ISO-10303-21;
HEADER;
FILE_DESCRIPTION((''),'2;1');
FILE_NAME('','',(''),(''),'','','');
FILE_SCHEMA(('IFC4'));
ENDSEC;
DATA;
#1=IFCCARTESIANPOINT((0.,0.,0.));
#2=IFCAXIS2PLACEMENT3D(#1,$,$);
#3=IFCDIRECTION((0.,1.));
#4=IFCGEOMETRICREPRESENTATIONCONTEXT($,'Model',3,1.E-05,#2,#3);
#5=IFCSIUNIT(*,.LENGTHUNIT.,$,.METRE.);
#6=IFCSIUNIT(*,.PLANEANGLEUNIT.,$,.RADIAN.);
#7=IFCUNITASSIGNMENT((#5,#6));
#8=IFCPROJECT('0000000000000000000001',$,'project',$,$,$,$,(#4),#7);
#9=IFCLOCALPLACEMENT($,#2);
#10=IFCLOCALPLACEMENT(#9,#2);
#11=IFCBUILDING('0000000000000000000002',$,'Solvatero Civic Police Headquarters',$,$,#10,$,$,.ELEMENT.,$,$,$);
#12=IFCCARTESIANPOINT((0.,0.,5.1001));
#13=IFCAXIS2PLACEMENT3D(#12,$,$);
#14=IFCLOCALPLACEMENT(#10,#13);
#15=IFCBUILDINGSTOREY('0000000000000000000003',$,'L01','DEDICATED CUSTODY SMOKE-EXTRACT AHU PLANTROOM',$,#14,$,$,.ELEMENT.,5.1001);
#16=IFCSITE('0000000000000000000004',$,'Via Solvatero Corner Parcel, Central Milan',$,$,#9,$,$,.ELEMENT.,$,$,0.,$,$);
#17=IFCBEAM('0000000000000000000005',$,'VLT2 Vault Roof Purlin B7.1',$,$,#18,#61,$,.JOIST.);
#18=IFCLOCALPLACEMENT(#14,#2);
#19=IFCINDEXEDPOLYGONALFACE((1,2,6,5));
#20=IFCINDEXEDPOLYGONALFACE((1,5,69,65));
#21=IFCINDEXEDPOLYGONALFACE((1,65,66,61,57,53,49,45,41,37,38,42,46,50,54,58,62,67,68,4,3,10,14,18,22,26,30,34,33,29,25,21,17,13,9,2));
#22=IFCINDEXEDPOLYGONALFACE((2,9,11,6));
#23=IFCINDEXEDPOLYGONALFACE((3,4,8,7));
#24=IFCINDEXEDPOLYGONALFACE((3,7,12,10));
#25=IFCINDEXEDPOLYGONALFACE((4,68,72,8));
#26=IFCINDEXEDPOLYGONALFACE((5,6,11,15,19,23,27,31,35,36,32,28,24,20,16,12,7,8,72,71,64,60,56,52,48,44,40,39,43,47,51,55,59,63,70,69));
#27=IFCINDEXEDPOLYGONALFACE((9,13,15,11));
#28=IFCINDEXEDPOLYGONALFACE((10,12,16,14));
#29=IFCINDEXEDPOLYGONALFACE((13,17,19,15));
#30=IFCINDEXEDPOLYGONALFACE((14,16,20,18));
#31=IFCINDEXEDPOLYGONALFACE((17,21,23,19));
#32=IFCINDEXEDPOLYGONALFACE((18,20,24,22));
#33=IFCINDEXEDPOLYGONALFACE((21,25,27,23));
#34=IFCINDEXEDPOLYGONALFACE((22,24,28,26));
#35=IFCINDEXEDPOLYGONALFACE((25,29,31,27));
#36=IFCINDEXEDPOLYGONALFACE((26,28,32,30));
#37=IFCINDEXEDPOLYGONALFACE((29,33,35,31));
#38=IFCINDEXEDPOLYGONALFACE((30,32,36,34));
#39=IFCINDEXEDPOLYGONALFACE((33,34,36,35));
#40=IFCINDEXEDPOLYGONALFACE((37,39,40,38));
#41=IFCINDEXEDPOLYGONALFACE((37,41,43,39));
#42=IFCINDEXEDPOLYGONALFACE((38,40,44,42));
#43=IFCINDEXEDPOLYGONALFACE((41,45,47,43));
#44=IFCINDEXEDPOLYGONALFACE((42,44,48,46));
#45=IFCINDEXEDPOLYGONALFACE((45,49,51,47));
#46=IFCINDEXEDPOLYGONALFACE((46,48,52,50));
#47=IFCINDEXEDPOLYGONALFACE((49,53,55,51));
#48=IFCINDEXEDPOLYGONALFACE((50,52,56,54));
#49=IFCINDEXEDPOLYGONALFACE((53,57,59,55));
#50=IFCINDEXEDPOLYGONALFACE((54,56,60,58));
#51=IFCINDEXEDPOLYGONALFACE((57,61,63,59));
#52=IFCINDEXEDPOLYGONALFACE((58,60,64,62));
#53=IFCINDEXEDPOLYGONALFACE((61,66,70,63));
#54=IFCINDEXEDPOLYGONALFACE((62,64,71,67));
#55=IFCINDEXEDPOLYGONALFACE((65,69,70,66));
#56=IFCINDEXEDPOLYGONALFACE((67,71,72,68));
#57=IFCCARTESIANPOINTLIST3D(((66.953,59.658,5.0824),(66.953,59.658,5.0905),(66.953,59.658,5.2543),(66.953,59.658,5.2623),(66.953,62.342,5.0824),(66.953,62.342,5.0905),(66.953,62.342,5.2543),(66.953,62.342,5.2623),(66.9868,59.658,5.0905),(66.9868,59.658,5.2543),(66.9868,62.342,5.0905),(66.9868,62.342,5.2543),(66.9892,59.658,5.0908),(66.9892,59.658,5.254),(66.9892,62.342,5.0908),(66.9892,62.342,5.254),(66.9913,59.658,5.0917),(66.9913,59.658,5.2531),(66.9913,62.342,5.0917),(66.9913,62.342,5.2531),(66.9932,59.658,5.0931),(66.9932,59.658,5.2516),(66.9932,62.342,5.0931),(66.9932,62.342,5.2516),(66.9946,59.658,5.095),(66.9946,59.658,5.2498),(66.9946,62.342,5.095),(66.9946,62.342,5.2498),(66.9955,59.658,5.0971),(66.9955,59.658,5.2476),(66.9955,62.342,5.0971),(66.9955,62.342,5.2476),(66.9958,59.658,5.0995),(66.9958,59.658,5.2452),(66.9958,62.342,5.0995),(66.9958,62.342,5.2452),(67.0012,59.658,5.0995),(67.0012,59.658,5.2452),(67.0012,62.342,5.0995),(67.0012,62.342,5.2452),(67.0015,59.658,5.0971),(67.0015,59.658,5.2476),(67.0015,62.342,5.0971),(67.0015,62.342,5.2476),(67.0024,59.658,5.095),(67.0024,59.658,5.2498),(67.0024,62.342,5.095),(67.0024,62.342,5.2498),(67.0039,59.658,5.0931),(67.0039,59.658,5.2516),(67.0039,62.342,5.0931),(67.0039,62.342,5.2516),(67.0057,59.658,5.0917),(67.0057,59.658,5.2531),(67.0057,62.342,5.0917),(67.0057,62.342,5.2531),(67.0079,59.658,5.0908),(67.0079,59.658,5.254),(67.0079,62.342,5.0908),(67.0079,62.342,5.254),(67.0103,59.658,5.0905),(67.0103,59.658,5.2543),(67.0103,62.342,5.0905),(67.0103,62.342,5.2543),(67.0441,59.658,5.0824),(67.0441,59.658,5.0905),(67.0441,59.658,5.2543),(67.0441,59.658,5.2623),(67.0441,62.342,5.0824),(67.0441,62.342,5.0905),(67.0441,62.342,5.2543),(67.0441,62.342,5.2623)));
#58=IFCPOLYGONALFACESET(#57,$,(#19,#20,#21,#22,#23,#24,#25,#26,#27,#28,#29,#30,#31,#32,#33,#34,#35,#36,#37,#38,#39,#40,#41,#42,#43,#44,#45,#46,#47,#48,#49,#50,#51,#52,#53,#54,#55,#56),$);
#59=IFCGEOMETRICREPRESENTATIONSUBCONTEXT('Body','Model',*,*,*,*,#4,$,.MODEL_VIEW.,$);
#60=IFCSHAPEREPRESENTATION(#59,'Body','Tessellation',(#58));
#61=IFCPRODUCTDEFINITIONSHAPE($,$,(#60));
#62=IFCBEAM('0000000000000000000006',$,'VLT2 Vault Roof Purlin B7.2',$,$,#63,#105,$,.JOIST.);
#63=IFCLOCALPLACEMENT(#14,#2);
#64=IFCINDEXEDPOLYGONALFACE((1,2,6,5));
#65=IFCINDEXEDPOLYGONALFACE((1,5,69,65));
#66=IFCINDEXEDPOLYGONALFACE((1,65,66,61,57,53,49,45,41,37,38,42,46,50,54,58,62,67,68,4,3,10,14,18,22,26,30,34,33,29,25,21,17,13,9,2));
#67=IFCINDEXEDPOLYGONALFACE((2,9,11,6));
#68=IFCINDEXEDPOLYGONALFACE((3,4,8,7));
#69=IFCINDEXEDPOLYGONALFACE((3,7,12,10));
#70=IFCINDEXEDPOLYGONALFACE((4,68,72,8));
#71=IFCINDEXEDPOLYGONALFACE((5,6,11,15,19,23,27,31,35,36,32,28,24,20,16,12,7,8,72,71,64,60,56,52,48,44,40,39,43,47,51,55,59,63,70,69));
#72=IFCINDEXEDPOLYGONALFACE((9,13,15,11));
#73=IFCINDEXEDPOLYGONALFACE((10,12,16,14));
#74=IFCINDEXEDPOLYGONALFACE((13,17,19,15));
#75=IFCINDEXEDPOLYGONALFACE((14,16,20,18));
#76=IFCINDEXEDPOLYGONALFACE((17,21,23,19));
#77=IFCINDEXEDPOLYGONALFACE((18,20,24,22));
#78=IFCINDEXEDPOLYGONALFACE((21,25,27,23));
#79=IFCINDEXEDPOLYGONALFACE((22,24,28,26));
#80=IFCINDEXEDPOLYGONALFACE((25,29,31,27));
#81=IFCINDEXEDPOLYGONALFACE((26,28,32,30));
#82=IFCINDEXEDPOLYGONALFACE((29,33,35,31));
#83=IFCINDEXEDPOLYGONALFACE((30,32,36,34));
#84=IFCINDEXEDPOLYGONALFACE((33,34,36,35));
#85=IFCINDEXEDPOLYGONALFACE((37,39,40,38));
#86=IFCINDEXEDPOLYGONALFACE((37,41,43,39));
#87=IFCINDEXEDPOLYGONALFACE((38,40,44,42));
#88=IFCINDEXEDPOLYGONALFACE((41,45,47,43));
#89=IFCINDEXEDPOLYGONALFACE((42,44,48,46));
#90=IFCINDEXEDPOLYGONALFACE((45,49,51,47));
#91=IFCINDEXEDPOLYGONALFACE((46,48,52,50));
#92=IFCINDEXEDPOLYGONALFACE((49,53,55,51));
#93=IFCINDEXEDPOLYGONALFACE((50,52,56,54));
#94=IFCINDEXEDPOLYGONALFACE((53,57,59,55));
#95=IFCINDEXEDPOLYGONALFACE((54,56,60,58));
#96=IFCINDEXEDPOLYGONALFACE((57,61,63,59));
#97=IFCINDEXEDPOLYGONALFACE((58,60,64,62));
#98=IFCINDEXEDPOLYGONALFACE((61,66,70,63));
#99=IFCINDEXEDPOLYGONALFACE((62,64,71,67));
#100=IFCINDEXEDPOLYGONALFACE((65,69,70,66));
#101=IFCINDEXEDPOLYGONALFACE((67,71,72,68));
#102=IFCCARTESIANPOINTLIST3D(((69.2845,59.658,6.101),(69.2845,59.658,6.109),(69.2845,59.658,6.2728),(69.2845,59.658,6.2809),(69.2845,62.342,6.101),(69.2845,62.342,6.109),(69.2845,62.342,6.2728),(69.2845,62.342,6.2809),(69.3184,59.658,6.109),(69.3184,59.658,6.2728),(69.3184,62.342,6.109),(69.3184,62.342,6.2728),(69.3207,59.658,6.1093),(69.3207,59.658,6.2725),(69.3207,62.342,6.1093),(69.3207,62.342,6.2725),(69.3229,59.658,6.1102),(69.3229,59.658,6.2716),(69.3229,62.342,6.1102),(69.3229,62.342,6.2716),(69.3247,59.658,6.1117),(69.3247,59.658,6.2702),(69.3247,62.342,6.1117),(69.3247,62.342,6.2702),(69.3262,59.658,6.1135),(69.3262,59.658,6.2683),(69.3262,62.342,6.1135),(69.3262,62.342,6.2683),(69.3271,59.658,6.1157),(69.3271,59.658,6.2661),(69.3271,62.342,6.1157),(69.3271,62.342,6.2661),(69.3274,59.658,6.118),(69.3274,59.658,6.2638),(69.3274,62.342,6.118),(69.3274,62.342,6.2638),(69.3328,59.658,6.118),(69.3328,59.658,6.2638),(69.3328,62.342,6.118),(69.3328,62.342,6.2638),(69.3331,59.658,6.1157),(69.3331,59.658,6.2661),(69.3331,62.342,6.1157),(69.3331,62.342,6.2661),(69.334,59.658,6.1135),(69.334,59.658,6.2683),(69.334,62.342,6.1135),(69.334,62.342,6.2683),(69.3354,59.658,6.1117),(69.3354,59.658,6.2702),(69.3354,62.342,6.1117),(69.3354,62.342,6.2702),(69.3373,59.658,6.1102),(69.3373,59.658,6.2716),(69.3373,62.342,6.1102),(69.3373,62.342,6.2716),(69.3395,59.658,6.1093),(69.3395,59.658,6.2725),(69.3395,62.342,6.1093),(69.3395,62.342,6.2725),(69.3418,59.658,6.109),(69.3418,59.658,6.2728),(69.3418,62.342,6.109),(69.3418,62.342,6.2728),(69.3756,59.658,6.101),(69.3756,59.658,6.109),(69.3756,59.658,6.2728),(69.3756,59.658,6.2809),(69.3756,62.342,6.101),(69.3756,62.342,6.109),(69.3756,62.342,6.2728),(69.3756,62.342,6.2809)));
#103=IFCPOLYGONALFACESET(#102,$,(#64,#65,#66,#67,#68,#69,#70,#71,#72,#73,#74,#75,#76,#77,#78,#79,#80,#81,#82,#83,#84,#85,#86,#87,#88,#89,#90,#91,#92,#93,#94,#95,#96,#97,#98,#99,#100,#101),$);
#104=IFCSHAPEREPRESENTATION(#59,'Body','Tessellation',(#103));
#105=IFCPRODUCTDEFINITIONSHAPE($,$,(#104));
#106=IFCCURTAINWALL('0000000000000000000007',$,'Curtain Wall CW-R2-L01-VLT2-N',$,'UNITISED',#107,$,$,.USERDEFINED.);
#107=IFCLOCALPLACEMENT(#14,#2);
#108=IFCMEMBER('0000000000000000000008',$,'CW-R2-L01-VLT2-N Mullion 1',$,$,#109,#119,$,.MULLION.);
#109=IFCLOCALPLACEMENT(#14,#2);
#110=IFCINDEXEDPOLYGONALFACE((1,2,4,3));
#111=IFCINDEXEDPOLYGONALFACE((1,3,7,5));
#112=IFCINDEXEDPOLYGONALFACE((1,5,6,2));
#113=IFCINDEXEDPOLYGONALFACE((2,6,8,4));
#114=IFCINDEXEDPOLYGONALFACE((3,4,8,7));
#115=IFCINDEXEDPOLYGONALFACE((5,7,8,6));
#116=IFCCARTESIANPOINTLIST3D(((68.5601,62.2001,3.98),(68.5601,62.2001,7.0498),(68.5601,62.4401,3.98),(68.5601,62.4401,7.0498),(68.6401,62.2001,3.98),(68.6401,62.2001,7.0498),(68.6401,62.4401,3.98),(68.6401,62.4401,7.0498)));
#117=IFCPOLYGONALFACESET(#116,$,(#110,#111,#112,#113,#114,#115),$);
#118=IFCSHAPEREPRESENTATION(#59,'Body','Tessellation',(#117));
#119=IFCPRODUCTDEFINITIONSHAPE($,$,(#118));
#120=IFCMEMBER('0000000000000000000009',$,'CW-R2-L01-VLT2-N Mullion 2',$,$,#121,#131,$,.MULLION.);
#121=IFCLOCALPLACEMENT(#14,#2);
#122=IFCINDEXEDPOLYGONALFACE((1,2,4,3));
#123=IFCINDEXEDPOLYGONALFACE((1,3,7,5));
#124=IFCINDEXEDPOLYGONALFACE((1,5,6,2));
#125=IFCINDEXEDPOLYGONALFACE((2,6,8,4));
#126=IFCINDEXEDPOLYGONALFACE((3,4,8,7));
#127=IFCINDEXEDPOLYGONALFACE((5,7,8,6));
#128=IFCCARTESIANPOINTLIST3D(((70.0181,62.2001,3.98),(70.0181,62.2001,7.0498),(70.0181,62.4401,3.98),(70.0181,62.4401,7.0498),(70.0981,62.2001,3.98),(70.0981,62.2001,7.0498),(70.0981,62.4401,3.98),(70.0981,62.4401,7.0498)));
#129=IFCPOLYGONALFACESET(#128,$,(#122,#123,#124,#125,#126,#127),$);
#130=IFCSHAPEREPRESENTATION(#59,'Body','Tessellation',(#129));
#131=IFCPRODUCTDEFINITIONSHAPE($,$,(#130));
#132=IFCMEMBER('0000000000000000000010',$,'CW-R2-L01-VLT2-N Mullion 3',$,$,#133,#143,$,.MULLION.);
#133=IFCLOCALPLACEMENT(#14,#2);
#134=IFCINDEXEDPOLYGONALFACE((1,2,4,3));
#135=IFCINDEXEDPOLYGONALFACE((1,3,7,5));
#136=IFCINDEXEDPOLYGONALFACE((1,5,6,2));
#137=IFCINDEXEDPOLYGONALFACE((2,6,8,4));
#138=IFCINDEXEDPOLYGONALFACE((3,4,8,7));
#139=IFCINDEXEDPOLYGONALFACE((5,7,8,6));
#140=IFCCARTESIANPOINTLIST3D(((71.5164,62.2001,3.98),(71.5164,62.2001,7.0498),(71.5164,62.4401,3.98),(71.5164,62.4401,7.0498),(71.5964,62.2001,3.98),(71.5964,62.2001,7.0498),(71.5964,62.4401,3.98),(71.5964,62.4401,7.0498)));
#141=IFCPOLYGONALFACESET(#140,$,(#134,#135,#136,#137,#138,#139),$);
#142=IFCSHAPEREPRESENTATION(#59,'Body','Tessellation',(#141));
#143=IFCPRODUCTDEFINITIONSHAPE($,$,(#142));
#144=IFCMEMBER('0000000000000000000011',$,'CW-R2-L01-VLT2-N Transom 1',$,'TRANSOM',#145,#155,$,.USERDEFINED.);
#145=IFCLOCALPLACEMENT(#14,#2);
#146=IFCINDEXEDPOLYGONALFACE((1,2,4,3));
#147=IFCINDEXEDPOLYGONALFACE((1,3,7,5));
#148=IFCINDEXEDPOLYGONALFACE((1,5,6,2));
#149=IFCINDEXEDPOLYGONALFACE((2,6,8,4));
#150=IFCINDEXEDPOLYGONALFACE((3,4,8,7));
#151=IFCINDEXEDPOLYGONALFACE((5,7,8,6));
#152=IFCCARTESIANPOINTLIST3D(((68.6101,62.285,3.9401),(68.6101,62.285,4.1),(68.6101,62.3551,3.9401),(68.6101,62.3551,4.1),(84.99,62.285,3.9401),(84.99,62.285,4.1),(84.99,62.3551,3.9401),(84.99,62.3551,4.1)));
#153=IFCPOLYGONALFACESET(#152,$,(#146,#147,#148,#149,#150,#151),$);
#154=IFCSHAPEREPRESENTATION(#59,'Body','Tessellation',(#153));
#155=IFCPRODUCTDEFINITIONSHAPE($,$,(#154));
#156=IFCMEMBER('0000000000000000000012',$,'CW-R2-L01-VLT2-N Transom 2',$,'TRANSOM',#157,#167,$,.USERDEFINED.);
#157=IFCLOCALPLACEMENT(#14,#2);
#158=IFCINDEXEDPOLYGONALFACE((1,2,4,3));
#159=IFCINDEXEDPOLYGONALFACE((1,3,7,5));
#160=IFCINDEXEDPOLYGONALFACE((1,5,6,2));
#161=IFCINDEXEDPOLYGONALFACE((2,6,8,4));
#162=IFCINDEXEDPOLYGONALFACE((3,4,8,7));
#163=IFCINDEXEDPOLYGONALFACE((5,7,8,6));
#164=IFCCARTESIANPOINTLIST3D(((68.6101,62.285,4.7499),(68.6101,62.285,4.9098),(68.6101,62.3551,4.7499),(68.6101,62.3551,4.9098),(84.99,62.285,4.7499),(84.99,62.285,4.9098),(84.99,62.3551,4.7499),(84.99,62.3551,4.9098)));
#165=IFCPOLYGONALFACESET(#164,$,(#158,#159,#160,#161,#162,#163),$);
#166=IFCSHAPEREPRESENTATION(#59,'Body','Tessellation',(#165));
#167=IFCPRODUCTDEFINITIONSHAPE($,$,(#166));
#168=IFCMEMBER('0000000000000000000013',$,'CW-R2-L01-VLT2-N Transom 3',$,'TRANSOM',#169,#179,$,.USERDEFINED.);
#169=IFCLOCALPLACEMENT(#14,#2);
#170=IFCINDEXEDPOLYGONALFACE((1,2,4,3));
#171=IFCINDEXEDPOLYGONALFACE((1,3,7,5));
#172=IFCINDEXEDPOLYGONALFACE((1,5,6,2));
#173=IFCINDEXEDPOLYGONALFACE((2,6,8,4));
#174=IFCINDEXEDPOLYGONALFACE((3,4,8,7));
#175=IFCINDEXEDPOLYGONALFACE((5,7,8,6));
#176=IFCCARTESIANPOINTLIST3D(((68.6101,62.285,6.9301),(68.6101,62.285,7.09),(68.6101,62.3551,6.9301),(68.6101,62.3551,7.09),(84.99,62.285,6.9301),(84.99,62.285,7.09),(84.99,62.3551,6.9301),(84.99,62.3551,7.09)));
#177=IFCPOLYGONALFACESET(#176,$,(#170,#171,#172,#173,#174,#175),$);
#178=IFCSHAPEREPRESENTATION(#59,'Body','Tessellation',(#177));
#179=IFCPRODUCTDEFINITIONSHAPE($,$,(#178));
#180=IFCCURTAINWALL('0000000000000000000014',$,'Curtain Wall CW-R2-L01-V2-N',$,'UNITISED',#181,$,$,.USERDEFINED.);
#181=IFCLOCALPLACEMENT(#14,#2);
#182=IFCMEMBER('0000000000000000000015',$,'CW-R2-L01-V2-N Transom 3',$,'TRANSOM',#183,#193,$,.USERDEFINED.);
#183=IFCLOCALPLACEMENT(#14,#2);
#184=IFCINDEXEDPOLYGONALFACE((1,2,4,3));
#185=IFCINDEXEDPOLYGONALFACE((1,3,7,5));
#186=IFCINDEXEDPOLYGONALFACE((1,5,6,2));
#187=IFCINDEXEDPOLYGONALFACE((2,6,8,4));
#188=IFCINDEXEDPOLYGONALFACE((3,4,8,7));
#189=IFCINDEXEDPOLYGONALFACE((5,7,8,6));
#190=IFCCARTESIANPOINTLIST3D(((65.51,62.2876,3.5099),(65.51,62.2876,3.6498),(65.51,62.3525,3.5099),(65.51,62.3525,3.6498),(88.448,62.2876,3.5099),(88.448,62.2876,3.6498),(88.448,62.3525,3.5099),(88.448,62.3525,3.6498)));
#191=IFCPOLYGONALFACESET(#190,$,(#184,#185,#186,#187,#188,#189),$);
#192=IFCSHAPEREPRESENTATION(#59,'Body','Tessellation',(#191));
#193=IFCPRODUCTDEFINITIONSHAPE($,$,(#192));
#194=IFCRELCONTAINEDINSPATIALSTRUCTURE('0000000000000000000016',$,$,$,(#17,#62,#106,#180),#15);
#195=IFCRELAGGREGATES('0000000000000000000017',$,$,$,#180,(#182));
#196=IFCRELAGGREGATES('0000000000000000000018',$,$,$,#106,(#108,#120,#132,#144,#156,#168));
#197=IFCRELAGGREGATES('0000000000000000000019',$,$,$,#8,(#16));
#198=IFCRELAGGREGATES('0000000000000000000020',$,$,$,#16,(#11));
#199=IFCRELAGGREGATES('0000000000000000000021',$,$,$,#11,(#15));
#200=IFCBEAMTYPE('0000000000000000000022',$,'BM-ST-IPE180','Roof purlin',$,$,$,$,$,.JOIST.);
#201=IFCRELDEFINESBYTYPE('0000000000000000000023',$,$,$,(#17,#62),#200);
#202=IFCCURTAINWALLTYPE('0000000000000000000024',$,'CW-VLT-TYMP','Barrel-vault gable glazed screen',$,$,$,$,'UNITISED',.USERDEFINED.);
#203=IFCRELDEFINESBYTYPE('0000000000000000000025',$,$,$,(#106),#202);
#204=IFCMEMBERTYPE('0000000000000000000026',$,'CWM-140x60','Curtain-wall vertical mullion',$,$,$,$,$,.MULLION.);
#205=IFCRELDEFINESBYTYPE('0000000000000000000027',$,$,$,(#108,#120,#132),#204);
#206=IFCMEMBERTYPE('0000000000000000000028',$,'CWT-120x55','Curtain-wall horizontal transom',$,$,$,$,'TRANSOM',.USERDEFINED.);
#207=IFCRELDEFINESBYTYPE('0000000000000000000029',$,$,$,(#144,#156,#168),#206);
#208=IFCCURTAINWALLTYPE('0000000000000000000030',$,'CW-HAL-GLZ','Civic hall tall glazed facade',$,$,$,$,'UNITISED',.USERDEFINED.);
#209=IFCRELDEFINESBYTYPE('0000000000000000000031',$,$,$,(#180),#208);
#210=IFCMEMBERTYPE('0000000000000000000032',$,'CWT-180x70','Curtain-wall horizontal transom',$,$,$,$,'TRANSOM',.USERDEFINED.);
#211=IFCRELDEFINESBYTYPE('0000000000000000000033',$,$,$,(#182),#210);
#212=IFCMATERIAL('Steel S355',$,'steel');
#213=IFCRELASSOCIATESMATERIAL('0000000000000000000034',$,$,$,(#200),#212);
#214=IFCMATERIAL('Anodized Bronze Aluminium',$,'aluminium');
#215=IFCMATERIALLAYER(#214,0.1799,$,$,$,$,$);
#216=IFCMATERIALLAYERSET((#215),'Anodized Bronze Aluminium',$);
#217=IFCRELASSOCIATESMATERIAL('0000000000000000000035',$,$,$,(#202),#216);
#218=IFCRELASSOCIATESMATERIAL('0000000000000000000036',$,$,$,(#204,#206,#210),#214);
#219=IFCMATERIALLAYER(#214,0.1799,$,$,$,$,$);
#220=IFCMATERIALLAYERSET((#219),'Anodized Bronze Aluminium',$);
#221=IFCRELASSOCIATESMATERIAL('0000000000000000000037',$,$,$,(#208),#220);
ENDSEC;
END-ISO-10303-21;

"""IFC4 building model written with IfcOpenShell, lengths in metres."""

from ifc_helpers import new_model, si_unit, direction, frame, origin, origin_2d, place, context, subcontext, project, spatial, rectangle, i_section, extrude, material, layer, layer_set, material_profile, profile_set, type_object, element, aggregate, save


model = new_model("IFC4")

# Units and contexts
model_context = context("Model", 3, precision=1e-05, world=origin(), true_north=direction((0.0, 1.0)))
body_context = subcontext(model_context, "Body", "Model", "MODEL_VIEW")
ifc_project = project(units=[si_unit("LENGTHUNIT", "METRE"), si_unit("PLANEANGLEUNIT", "RADIAN")], contexts=[model_context])

# Site, building, storey
site_placement = place(None, origin())
site = spatial("IfcSite", under=ifc_project, at=site_placement, Name="Via Solvatero Corner Parcel, Central Milan", CompositionType="ELEMENT", RefElevation=0.0)
building_placement = place(site_placement, origin())
building = spatial("IfcBuilding", under=site, at=building_placement, Name="Solvatero Civic Police Headquarters", CompositionType="ELEMENT")
storey_placement = place(building_placement, frame((0.0, 0.0, 5.1001)))
storey = spatial("IfcBuildingStorey", under=building, at=storey_placement, Name="L01", Description="DEDICATED CUSTODY SMOKE-EXTRACT AHU PLANTROOM", CompositionType="ELEMENT", Elevation=5.1001)

# Beams
ifc_material_1 = material(Name="Steel S355", Category="steel")
ifc_material_profile_1 = material_profile(ifc_material_1, i_section(OverallWidth=0.0911, OverallDepth=0.1799, WebThickness=0.0054, FlangeThickness=0.0081, FilletRadius=0.009, at=origin_2d()), Name="IPE 180")
ifc_profile_set_1 = profile_set([ifc_material_profile_1], Name="Steel S355")
beam_type_1 = type_object("IfcBeamType", Name="BM-ST-IPE180", Description="Roof purlin", PredefinedType="JOIST", material=ifc_profile_set_1)
for number, where, z_axis, x_axis, name in (
    (1, (66.9985, 59.658, 5.1724), (0.0, 1.0, 0.0), (-1.0, 0.0, 0.0), "VLT2 Vault Roof Purlin B7.1"),
    (2, (69.3301, 59.658, 6.1909), (0.0, 1.0, 0.0), (-1.0, 0.0, 0.0), "VLT2 Vault Roof Purlin B7.2"),
):
    element("IfcBeam", number, at=place(storey_placement, frame(where, z_axis=z_axis, x_axis=x_axis)), inside=storey, type_object=beam_type_1, Name=name, PredefinedType="JOIST", context=body_context, shape_type="SweptSolid", body=[
        extrude(i_section(OverallWidth=0.0911, OverallDepth=0.1799, WebThickness=0.0054, FlangeThickness=0.0081, FilletRadius=0.009, at=origin_2d()), origin(), (0.0, 0.0, 1.0), 2.6841),
    ])

# Curtain wall, members
ifc_material_2 = material(Name="Anodized Bronze Aluminium", Category="aluminium")
ifc_layer_1 = layer(ifc_material_2, 0.1799)
ifc_layer_set_1 = layer_set([ifc_layer_1], Name="Anodized Bronze Aluminium")
curtain_wall_type_1 = type_object("IfcCurtainWallType", Name="CW-VLT-TYMP", Description="Barrel-vault gable glazed screen", ElementType="UNITISED", PredefinedType="USERDEFINED", material=ifc_layer_set_1)
curtain_wall_1_placement = place(storey_placement, origin())
curtain_wall_1 = element("IfcCurtainWall", 3, at=curtain_wall_1_placement, inside=storey, type_object=curtain_wall_type_1, Name="Curtain Wall CW-R2-L01-VLT2-N", ObjectType="UNITISED", PredefinedType="USERDEFINED")
ifc_material_profile_2 = material_profile(ifc_material_2, rectangle(XDim=0.0801, YDim=0.24, at=origin_2d()), Name="ALU MULLION 80x240")
ifc_profile_set_2 = profile_set([ifc_material_profile_2], Name="Anodized Bronze Aluminium")
member_type_1 = type_object("IfcMemberType", Name="CWM-140x60", Description="Curtain-wall vertical mullion", PredefinedType="MULLION", material=ifc_profile_set_2)
member_1_placement = place(storey_placement, frame((68.6001, 62.3201, 3.98), z_axis=(0.0, 0.0, 1.0), x_axis=(1.0, 0.0, 0.0)))
member_1 = element("IfcMember", 4, at=member_1_placement, type_object=member_type_1, Name="CW-R2-L01-VLT2-N Mullion 1", PredefinedType="MULLION", context=body_context, shape_type="SweptSolid", body=[
    extrude(rectangle(XDim=0.0801, YDim=0.24, at=origin_2d()), origin(), (0.0, 0.0, 1.0), 3.0698),
])
member_2_placement = place(storey_placement, frame((70.0581, 62.3201, 3.98), z_axis=(0.0, 0.0, 1.0), x_axis=(1.0, 0.0, 0.0)))
member_2 = element("IfcMember", 5, at=member_2_placement, type_object=member_type_1, Name="CW-R2-L01-VLT2-N Mullion 2", PredefinedType="MULLION", context=body_context, shape_type="SweptSolid", body=[
    extrude(rectangle(XDim=0.0801, YDim=0.24, at=origin_2d()), origin(), (0.0, 0.0, 1.0), 3.0698),
])
member_3_placement = place(storey_placement, frame((71.5564, 62.3201, 3.98), z_axis=(0.0, 0.0, 1.0), x_axis=(1.0, 0.0, 0.0)))
member_3 = element("IfcMember", 6, at=member_3_placement, type_object=member_type_1, Name="CW-R2-L01-VLT2-N Mullion 3", PredefinedType="MULLION", context=body_context, shape_type="SweptSolid", body=[
    extrude(rectangle(XDim=0.0801, YDim=0.24, at=origin_2d()), origin(), (0.0, 0.0, 1.0), 3.0698),
])
ifc_material_profile_3 = material_profile(ifc_material_2, rectangle(XDim=0.0701, YDim=0.1599, at=origin_2d()), Name="ALU TRANSOM 70x160")
ifc_profile_set_3 = profile_set([ifc_material_profile_3], Name="Anodized Bronze Aluminium")
member_type_2 = type_object("IfcMemberType", Name="CWT-120x55", Description="Curtain-wall horizontal transom", ElementType="TRANSOM", PredefinedType="USERDEFINED", material=ifc_profile_set_3)
member_4_placement = place(storey_placement, frame((68.6101, 62.3201, 4.02), z_axis=(1.0, 0.0, 0.0), x_axis=(0.0, 1.0, 0.0)))
member_4 = element("IfcMember", 7, at=member_4_placement, type_object=member_type_2, Name="CW-R2-L01-VLT2-N Transom 1", ObjectType="TRANSOM", PredefinedType="USERDEFINED", context=body_context, shape_type="SweptSolid", body=[
    extrude(rectangle(XDim=0.0701, YDim=0.1599, at=origin_2d()), origin(), (0.0, 0.0, 1.0), 16.3799),
])
member_5_placement = place(storey_placement, frame((68.6101, 62.3201, 4.8298), z_axis=(1.0, 0.0, 0.0), x_axis=(0.0, 1.0, 0.0)))
member_5 = element("IfcMember", 8, at=member_5_placement, type_object=member_type_2, Name="CW-R2-L01-VLT2-N Transom 2", ObjectType="TRANSOM", PredefinedType="USERDEFINED", context=body_context, shape_type="SweptSolid", body=[
    extrude(rectangle(XDim=0.0701, YDim=0.1599, at=origin_2d()), origin(), (0.0, 0.0, 1.0), 16.3799),
])
member_6_placement = place(storey_placement, frame((68.6101, 62.3201, 7.01), z_axis=(1.0, 0.0, 0.0), x_axis=(0.0, 1.0, 0.0)))
member_6 = element("IfcMember", 9, at=member_6_placement, type_object=member_type_2, Name="CW-R2-L01-VLT2-N Transom 3", ObjectType="TRANSOM", PredefinedType="USERDEFINED", context=body_context, shape_type="SweptSolid", body=[
    extrude(rectangle(XDim=0.0701, YDim=0.1599, at=origin_2d()), origin(), (0.0, 0.0, 1.0), 16.3799),
])

# Curtain wall, member
ifc_layer_2 = layer(ifc_material_2, 0.1799)
ifc_layer_set_2 = layer_set([ifc_layer_2], Name="Anodized Bronze Aluminium")
curtain_wall_type_2 = type_object("IfcCurtainWallType", Name="CW-HAL-GLZ", Description="Civic hall tall glazed facade", ElementType="UNITISED", PredefinedType="USERDEFINED", material=ifc_layer_set_2)
curtain_wall_2_placement = place(storey_placement, origin())
curtain_wall_2 = element("IfcCurtainWall", 10, at=curtain_wall_2_placement, inside=storey, type_object=curtain_wall_type_2, Name="Curtain Wall CW-R2-L01-V2-N", ObjectType="UNITISED", PredefinedType="USERDEFINED")
ifc_material_profile_4 = material_profile(ifc_material_2, rectangle(XDim=0.0649, YDim=0.1399, at=origin_2d()), Name="ALU TRANSOM 65x140")
ifc_profile_set_4 = profile_set([ifc_material_profile_4], Name="Anodized Bronze Aluminium")
member_type_3 = type_object("IfcMemberType", Name="CWT-180x70", Description="Curtain-wall horizontal transom", ElementType="TRANSOM", PredefinedType="USERDEFINED", material=ifc_profile_set_4)
member_7_placement = place(storey_placement, frame((65.51, 62.3201, 3.5798), z_axis=(1.0, 0.0, 0.0), x_axis=(0.0, 1.0, 0.0)))
member_7 = element("IfcMember", 11, at=member_7_placement, type_object=member_type_3, Name="CW-R2-L01-V2-N Transom 3", ObjectType="TRANSOM", PredefinedType="USERDEFINED", context=body_context, shape_type="SweptSolid", body=[
    extrude(rectangle(XDim=0.0649, YDim=0.1399, at=origin_2d()), origin(), (0.0, 0.0, 1.0), 22.938),
])
aggregate(curtain_wall_2, [member_7])

aggregate(curtain_wall_1, [member_1, member_2, member_3, member_4, member_5, member_6])

save(model, "model.ifc")
